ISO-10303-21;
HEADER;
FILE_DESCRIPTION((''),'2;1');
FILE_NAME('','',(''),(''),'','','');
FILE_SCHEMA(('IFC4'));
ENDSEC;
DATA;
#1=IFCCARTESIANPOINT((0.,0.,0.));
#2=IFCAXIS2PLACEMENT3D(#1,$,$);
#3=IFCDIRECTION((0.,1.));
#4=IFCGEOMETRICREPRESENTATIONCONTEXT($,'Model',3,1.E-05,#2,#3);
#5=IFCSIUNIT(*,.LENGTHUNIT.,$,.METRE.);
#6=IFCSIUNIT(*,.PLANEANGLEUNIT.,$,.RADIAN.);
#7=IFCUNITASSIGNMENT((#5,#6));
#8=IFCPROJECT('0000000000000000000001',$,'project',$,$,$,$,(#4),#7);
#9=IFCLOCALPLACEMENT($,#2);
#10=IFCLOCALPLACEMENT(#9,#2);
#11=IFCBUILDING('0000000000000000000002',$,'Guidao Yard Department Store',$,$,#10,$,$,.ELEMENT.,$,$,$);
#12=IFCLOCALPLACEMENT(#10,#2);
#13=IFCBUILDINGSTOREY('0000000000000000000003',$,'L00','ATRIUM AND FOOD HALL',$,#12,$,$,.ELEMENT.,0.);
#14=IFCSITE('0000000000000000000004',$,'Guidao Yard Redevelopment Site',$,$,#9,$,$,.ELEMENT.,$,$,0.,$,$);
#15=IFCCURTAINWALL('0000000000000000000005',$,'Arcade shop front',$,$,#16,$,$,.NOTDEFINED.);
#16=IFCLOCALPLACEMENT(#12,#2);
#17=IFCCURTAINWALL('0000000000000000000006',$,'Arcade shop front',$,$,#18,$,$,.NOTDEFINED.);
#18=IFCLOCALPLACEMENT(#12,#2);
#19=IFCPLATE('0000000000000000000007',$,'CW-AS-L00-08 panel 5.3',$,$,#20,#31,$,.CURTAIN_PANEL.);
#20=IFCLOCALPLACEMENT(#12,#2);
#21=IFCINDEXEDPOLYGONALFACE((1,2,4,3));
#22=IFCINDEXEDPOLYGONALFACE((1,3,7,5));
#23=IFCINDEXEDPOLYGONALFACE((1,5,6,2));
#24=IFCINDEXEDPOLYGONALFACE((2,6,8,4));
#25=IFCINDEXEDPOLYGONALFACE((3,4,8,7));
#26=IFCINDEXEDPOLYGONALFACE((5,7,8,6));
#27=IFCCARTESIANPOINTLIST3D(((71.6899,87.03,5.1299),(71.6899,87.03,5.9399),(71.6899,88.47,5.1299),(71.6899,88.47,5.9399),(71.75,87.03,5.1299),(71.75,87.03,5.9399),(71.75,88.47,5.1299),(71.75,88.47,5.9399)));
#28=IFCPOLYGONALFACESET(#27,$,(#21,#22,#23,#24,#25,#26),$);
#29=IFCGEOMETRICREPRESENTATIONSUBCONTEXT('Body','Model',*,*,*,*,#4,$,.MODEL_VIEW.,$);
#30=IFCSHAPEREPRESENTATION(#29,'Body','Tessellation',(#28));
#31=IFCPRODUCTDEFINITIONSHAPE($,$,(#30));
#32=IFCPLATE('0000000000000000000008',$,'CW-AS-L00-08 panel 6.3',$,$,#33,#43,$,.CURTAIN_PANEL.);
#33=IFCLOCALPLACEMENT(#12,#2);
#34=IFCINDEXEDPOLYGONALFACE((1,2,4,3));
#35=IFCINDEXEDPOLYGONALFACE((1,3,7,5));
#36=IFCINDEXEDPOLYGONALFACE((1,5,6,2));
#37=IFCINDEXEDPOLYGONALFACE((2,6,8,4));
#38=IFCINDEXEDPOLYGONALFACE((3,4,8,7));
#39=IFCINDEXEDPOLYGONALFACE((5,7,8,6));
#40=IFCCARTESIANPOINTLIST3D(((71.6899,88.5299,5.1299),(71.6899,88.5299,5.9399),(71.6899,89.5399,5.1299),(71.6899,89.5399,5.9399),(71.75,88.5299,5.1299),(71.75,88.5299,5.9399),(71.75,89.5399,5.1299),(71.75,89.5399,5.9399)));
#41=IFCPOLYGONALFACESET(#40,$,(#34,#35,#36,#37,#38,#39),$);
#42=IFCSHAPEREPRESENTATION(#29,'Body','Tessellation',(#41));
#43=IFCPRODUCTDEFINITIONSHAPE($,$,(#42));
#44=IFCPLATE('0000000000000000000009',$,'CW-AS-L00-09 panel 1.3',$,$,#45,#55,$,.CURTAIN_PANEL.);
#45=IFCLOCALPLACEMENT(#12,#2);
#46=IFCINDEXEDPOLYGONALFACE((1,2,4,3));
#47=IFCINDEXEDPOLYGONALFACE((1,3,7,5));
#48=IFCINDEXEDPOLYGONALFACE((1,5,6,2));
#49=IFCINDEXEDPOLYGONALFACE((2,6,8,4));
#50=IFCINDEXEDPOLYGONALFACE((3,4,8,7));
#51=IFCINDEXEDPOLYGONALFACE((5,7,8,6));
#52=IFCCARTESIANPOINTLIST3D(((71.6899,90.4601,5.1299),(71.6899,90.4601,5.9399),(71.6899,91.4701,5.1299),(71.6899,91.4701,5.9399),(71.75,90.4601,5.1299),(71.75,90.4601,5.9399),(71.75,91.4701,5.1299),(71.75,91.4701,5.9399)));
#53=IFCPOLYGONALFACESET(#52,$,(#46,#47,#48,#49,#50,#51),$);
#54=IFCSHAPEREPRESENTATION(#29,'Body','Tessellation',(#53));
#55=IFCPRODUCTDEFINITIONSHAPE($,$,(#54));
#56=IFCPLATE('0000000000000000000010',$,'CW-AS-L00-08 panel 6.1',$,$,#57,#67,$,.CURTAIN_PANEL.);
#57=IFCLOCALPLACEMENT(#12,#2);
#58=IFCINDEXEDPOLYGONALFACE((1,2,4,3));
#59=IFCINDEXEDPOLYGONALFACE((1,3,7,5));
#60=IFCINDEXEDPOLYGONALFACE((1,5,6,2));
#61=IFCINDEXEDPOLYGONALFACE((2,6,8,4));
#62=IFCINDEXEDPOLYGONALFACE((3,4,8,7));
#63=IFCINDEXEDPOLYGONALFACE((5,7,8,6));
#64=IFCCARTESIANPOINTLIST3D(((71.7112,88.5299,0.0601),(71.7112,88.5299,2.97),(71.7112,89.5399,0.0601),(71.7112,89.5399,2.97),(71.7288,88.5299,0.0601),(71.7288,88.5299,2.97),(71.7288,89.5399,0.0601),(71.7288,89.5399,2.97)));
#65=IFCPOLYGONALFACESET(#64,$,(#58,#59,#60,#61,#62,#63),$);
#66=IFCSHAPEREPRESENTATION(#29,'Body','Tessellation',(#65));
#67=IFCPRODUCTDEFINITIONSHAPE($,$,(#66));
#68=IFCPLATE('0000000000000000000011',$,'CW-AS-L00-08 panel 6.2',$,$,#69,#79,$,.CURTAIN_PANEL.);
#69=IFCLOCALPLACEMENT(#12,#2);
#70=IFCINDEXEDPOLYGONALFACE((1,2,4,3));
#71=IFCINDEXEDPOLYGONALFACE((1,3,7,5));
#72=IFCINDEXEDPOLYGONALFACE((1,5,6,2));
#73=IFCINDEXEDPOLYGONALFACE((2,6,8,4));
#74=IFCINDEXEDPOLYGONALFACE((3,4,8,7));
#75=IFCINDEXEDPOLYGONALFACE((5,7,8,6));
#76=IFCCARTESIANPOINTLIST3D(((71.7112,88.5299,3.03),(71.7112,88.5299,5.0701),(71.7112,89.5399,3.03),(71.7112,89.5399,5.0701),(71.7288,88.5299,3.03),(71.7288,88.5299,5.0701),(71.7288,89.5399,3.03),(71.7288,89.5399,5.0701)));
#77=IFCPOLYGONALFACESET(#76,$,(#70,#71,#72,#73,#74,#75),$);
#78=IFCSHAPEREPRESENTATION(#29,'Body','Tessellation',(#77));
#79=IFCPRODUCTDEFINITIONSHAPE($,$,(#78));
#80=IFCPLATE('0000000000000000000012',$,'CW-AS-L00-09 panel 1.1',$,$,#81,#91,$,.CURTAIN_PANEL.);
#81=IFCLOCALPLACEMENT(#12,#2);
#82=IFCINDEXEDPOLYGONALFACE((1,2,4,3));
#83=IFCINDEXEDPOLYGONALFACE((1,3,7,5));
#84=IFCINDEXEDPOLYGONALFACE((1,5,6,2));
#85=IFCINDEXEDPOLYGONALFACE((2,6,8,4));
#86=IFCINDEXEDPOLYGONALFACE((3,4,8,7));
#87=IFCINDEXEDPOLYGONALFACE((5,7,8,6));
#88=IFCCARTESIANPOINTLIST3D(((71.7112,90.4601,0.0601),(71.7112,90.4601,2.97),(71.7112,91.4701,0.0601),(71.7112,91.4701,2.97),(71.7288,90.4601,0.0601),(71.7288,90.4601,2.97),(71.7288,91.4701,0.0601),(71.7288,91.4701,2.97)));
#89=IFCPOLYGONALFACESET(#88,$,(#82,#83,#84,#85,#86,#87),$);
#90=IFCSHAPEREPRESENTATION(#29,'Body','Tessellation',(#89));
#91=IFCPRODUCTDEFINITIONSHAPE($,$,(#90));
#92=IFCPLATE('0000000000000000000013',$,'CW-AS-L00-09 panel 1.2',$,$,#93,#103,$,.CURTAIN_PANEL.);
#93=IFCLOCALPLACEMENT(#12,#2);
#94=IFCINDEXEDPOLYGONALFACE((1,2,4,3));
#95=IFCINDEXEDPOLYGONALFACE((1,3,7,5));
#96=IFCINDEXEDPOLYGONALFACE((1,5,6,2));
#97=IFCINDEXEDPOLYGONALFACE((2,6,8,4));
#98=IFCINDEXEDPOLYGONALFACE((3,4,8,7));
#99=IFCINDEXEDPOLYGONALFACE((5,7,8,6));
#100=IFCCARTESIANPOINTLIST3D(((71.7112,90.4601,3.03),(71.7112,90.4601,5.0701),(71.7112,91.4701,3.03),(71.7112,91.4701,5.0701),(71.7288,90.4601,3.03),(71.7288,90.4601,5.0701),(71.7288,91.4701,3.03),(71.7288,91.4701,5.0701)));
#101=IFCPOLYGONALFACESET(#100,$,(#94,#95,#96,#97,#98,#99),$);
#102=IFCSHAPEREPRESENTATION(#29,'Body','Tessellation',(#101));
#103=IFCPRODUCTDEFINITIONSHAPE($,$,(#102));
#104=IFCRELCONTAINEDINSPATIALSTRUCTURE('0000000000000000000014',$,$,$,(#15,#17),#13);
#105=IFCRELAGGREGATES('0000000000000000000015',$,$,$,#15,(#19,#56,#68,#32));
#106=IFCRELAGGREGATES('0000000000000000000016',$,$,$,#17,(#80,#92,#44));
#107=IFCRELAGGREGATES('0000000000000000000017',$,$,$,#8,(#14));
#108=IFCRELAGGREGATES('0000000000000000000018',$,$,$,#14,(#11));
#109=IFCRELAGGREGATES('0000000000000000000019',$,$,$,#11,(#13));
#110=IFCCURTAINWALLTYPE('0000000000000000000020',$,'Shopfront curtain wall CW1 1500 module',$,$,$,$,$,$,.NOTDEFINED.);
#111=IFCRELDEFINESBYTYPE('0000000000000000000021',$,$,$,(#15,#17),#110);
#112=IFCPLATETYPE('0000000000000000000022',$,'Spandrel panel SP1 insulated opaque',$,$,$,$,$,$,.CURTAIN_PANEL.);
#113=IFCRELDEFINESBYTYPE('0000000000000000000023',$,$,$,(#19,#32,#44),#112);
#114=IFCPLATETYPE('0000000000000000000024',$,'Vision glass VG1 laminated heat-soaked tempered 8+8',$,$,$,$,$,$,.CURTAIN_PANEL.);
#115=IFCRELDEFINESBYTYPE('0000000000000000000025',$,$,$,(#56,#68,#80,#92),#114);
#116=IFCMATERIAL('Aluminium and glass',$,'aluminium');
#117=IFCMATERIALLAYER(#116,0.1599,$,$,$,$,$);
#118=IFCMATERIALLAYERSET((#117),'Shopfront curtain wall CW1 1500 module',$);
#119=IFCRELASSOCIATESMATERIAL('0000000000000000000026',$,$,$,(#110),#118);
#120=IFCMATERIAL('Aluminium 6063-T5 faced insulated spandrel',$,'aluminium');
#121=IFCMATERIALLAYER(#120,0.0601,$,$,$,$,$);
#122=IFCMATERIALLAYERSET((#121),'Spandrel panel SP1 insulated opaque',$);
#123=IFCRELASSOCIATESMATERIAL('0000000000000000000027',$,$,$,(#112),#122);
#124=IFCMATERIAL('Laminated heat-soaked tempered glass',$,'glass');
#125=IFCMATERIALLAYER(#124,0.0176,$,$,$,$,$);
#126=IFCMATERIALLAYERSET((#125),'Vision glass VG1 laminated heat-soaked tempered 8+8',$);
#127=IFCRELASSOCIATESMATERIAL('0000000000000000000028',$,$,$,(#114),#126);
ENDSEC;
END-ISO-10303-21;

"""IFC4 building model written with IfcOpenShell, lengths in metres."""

from ifc_helpers import new_model, si_unit, direction, frame, origin, origin_2d, place, context, subcontext, project, spatial, rectangle, extrude, material, layer, layer_set, type_object, element, aggregate, save


model = new_model("IFC4")

# Units and contexts
model_context = context("Model", 3, precision=1e-05, world=origin(), true_north=direction((0.0, 1.0)))
body_context = subcontext(model_context, "Body", "Model", "MODEL_VIEW")
ifc_project = project(units=[si_unit("LENGTHUNIT", "METRE"), si_unit("PLANEANGLEUNIT", "RADIAN")], contexts=[model_context])

# Site, building, storey
site_placement = place(None, origin())
site = spatial("IfcSite", under=ifc_project, at=site_placement, Name="Guidao Yard Redevelopment Site", CompositionType="ELEMENT", RefElevation=0.0)
building_placement = place(site_placement, origin())
building = spatial("IfcBuilding", under=site, at=building_placement, Name="Guidao Yard Department Store", CompositionType="ELEMENT")
storey_placement = place(building_placement, origin())
storey = spatial("IfcBuildingStorey", under=building, at=storey_placement, Name="L00", Description="ATRIUM AND FOOD HALL", CompositionType="ELEMENT", Elevation=0.0)

# Curtain walls
ifc_material_1 = material(Name="Aluminium and glass", Category="aluminium")
ifc_layer_1 = layer(ifc_material_1, 0.1599)
ifc_layer_set_1 = layer_set([ifc_layer_1], Name="Shopfront curtain wall CW1 1500 module")
curtain_wall_type = type_object("IfcCurtainWallType", Name="Shopfront curtain wall CW1 1500 module", PredefinedType="NOTDEFINED", material=ifc_layer_set_1)
curtain_wall_1_placement = place(storey_placement, origin())
curtain_wall_1 = element("IfcCurtainWall", 1, at=curtain_wall_1_placement, inside=storey, type_object=curtain_wall_type, Name="Arcade shop front", PredefinedType="NOTDEFINED")
curtain_wall_2_placement = place(storey_placement, origin())
curtain_wall_2 = element("IfcCurtainWall", 2, at=curtain_wall_2_placement, inside=storey, type_object=curtain_wall_type, Name="Arcade shop front", PredefinedType="NOTDEFINED")

# Plates
ifc_material_2 = material(Name="Aluminium 6063-T5 faced insulated spandrel", Category="aluminium")
ifc_layer_2 = layer(ifc_material_2, 0.0601)
ifc_layer_set_2 = layer_set([ifc_layer_2], Name="Spandrel panel SP1 insulated opaque")
plate_type_1 = type_object("IfcPlateType", Name="Spandrel panel SP1 insulated opaque", PredefinedType="CURTAIN_PANEL", material=ifc_layer_set_2)
plate_1_placement = place(storey_placement, frame((71.72, 87.75, 5.1299), z_axis=(0.0, 0.0, 1.0), x_axis=(0.0, 1.0, 0.0)))
plate_1 = element("IfcPlate", 3, at=plate_1_placement, type_object=plate_type_1, Name="CW-AS-L00-08 panel 5.3", PredefinedType="CURTAIN_PANEL", context=body_context, shape_type="SweptSolid", body=[
    extrude(rectangle(XDim=1.4399, YDim=0.0601, at=origin_2d()), origin(), (0.0, 0.0, 1.0), 0.8101),
])
plate_2_placement = place(storey_placement, frame((71.72, 89.0349, 5.1299), z_axis=(0.0, 0.0, 1.0), x_axis=(0.0, 1.0, 0.0)))
plate_2 = element("IfcPlate", 4, at=plate_2_placement, type_object=plate_type_1, Name="CW-AS-L00-08 panel 6.3", PredefinedType="CURTAIN_PANEL", context=body_context, shape_type="SweptSolid", body=[
    extrude(rectangle(XDim=1.01, YDim=0.0601, at=origin_2d()), origin(), (0.0, 0.0, 1.0), 0.8101),
])
plate_3_placement = place(storey_placement, frame((71.72, 90.9651, 5.1299), z_axis=(0.0, 0.0, 1.0), x_axis=(0.0, 1.0, 0.0)))
plate_3 = element("IfcPlate", 5, at=plate_3_placement, type_object=plate_type_1, Name="CW-AS-L00-09 panel 1.3", PredefinedType="CURTAIN_PANEL", context=body_context, shape_type="SweptSolid", body=[
    extrude(rectangle(XDim=1.01, YDim=0.0601, at=origin_2d()), origin(), (0.0, 0.0, 1.0), 0.8101),
])
ifc_material_3 = material(Name="Laminated heat-soaked tempered glass", Category="glass")
ifc_layer_3 = layer(ifc_material_3, 0.0176)
ifc_layer_set_3 = layer_set([ifc_layer_3], Name="Vision glass VG1 laminated heat-soaked tempered 8+8")
plate_type_2 = type_object("IfcPlateType", Name="Vision glass VG1 laminated heat-soaked tempered 8+8", PredefinedType="CURTAIN_PANEL", material=ifc_layer_set_3)
plate_4_placement = place(storey_placement, frame((71.72, 89.0349, 0.0601), z_axis=(0.0, 0.0, 1.0), x_axis=(0.0, 1.0, 0.0)))
plate_4 = element("IfcPlate", 6, at=plate_4_placement, type_object=plate_type_2, Name="CW-AS-L00-08 panel 6.1", PredefinedType="CURTAIN_PANEL", context=body_context, shape_type="SweptSolid", body=[
    extrude(rectangle(XDim=1.01, YDim=0.0176, at=origin_2d()), origin(), (0.0, 0.0, 1.0), 2.9099),
])
plate_5_placement = place(storey_placement, frame((71.72, 89.0349, 3.03), z_axis=(0.0, 0.0, 1.0), x_axis=(0.0, 1.0, 0.0)))
plate_5 = element("IfcPlate", 7, at=plate_5_placement, type_object=plate_type_2, Name="CW-AS-L00-08 panel 6.2", PredefinedType="CURTAIN_PANEL", context=body_context, shape_type="SweptSolid", body=[
    extrude(rectangle(XDim=1.01, YDim=0.0176, at=origin_2d()), origin(), (0.0, 0.0, 1.0), 2.04),
])
aggregate(curtain_wall_1, [plate_1, plate_4, plate_5, plate_2])
plate_6_placement = place(storey_placement, frame((71.72, 90.9651, 0.0601), z_axis=(0.0, 0.0, 1.0), x_axis=(0.0, 1.0, 0.0)))
plate_6 = element("IfcPlate", 8, at=plate_6_placement, type_object=plate_type_2, Name="CW-AS-L00-09 panel 1.1", PredefinedType="CURTAIN_PANEL", context=body_context, shape_type="SweptSolid", body=[
    extrude(rectangle(XDim=1.01, YDim=0.0176, at=origin_2d()), origin(), (0.0, 0.0, 1.0), 2.9099),
])
plate_7_placement = place(storey_placement, frame((71.72, 90.9651, 3.03), z_axis=(0.0, 0.0, 1.0), x_axis=(0.0, 1.0, 0.0)))
plate_7 = element("IfcPlate", 9, at=plate_7_placement, type_object=plate_type_2, Name="CW-AS-L00-09 panel 1.2", PredefinedType="CURTAIN_PANEL", context=body_context, shape_type="SweptSolid", body=[
    extrude(rectangle(XDim=1.01, YDim=0.0176, at=origin_2d()), origin(), (0.0, 0.0, 1.0), 2.04),
])
aggregate(curtain_wall_2, [plate_6, plate_7, plate_3])

save(model, "model.ifc")
